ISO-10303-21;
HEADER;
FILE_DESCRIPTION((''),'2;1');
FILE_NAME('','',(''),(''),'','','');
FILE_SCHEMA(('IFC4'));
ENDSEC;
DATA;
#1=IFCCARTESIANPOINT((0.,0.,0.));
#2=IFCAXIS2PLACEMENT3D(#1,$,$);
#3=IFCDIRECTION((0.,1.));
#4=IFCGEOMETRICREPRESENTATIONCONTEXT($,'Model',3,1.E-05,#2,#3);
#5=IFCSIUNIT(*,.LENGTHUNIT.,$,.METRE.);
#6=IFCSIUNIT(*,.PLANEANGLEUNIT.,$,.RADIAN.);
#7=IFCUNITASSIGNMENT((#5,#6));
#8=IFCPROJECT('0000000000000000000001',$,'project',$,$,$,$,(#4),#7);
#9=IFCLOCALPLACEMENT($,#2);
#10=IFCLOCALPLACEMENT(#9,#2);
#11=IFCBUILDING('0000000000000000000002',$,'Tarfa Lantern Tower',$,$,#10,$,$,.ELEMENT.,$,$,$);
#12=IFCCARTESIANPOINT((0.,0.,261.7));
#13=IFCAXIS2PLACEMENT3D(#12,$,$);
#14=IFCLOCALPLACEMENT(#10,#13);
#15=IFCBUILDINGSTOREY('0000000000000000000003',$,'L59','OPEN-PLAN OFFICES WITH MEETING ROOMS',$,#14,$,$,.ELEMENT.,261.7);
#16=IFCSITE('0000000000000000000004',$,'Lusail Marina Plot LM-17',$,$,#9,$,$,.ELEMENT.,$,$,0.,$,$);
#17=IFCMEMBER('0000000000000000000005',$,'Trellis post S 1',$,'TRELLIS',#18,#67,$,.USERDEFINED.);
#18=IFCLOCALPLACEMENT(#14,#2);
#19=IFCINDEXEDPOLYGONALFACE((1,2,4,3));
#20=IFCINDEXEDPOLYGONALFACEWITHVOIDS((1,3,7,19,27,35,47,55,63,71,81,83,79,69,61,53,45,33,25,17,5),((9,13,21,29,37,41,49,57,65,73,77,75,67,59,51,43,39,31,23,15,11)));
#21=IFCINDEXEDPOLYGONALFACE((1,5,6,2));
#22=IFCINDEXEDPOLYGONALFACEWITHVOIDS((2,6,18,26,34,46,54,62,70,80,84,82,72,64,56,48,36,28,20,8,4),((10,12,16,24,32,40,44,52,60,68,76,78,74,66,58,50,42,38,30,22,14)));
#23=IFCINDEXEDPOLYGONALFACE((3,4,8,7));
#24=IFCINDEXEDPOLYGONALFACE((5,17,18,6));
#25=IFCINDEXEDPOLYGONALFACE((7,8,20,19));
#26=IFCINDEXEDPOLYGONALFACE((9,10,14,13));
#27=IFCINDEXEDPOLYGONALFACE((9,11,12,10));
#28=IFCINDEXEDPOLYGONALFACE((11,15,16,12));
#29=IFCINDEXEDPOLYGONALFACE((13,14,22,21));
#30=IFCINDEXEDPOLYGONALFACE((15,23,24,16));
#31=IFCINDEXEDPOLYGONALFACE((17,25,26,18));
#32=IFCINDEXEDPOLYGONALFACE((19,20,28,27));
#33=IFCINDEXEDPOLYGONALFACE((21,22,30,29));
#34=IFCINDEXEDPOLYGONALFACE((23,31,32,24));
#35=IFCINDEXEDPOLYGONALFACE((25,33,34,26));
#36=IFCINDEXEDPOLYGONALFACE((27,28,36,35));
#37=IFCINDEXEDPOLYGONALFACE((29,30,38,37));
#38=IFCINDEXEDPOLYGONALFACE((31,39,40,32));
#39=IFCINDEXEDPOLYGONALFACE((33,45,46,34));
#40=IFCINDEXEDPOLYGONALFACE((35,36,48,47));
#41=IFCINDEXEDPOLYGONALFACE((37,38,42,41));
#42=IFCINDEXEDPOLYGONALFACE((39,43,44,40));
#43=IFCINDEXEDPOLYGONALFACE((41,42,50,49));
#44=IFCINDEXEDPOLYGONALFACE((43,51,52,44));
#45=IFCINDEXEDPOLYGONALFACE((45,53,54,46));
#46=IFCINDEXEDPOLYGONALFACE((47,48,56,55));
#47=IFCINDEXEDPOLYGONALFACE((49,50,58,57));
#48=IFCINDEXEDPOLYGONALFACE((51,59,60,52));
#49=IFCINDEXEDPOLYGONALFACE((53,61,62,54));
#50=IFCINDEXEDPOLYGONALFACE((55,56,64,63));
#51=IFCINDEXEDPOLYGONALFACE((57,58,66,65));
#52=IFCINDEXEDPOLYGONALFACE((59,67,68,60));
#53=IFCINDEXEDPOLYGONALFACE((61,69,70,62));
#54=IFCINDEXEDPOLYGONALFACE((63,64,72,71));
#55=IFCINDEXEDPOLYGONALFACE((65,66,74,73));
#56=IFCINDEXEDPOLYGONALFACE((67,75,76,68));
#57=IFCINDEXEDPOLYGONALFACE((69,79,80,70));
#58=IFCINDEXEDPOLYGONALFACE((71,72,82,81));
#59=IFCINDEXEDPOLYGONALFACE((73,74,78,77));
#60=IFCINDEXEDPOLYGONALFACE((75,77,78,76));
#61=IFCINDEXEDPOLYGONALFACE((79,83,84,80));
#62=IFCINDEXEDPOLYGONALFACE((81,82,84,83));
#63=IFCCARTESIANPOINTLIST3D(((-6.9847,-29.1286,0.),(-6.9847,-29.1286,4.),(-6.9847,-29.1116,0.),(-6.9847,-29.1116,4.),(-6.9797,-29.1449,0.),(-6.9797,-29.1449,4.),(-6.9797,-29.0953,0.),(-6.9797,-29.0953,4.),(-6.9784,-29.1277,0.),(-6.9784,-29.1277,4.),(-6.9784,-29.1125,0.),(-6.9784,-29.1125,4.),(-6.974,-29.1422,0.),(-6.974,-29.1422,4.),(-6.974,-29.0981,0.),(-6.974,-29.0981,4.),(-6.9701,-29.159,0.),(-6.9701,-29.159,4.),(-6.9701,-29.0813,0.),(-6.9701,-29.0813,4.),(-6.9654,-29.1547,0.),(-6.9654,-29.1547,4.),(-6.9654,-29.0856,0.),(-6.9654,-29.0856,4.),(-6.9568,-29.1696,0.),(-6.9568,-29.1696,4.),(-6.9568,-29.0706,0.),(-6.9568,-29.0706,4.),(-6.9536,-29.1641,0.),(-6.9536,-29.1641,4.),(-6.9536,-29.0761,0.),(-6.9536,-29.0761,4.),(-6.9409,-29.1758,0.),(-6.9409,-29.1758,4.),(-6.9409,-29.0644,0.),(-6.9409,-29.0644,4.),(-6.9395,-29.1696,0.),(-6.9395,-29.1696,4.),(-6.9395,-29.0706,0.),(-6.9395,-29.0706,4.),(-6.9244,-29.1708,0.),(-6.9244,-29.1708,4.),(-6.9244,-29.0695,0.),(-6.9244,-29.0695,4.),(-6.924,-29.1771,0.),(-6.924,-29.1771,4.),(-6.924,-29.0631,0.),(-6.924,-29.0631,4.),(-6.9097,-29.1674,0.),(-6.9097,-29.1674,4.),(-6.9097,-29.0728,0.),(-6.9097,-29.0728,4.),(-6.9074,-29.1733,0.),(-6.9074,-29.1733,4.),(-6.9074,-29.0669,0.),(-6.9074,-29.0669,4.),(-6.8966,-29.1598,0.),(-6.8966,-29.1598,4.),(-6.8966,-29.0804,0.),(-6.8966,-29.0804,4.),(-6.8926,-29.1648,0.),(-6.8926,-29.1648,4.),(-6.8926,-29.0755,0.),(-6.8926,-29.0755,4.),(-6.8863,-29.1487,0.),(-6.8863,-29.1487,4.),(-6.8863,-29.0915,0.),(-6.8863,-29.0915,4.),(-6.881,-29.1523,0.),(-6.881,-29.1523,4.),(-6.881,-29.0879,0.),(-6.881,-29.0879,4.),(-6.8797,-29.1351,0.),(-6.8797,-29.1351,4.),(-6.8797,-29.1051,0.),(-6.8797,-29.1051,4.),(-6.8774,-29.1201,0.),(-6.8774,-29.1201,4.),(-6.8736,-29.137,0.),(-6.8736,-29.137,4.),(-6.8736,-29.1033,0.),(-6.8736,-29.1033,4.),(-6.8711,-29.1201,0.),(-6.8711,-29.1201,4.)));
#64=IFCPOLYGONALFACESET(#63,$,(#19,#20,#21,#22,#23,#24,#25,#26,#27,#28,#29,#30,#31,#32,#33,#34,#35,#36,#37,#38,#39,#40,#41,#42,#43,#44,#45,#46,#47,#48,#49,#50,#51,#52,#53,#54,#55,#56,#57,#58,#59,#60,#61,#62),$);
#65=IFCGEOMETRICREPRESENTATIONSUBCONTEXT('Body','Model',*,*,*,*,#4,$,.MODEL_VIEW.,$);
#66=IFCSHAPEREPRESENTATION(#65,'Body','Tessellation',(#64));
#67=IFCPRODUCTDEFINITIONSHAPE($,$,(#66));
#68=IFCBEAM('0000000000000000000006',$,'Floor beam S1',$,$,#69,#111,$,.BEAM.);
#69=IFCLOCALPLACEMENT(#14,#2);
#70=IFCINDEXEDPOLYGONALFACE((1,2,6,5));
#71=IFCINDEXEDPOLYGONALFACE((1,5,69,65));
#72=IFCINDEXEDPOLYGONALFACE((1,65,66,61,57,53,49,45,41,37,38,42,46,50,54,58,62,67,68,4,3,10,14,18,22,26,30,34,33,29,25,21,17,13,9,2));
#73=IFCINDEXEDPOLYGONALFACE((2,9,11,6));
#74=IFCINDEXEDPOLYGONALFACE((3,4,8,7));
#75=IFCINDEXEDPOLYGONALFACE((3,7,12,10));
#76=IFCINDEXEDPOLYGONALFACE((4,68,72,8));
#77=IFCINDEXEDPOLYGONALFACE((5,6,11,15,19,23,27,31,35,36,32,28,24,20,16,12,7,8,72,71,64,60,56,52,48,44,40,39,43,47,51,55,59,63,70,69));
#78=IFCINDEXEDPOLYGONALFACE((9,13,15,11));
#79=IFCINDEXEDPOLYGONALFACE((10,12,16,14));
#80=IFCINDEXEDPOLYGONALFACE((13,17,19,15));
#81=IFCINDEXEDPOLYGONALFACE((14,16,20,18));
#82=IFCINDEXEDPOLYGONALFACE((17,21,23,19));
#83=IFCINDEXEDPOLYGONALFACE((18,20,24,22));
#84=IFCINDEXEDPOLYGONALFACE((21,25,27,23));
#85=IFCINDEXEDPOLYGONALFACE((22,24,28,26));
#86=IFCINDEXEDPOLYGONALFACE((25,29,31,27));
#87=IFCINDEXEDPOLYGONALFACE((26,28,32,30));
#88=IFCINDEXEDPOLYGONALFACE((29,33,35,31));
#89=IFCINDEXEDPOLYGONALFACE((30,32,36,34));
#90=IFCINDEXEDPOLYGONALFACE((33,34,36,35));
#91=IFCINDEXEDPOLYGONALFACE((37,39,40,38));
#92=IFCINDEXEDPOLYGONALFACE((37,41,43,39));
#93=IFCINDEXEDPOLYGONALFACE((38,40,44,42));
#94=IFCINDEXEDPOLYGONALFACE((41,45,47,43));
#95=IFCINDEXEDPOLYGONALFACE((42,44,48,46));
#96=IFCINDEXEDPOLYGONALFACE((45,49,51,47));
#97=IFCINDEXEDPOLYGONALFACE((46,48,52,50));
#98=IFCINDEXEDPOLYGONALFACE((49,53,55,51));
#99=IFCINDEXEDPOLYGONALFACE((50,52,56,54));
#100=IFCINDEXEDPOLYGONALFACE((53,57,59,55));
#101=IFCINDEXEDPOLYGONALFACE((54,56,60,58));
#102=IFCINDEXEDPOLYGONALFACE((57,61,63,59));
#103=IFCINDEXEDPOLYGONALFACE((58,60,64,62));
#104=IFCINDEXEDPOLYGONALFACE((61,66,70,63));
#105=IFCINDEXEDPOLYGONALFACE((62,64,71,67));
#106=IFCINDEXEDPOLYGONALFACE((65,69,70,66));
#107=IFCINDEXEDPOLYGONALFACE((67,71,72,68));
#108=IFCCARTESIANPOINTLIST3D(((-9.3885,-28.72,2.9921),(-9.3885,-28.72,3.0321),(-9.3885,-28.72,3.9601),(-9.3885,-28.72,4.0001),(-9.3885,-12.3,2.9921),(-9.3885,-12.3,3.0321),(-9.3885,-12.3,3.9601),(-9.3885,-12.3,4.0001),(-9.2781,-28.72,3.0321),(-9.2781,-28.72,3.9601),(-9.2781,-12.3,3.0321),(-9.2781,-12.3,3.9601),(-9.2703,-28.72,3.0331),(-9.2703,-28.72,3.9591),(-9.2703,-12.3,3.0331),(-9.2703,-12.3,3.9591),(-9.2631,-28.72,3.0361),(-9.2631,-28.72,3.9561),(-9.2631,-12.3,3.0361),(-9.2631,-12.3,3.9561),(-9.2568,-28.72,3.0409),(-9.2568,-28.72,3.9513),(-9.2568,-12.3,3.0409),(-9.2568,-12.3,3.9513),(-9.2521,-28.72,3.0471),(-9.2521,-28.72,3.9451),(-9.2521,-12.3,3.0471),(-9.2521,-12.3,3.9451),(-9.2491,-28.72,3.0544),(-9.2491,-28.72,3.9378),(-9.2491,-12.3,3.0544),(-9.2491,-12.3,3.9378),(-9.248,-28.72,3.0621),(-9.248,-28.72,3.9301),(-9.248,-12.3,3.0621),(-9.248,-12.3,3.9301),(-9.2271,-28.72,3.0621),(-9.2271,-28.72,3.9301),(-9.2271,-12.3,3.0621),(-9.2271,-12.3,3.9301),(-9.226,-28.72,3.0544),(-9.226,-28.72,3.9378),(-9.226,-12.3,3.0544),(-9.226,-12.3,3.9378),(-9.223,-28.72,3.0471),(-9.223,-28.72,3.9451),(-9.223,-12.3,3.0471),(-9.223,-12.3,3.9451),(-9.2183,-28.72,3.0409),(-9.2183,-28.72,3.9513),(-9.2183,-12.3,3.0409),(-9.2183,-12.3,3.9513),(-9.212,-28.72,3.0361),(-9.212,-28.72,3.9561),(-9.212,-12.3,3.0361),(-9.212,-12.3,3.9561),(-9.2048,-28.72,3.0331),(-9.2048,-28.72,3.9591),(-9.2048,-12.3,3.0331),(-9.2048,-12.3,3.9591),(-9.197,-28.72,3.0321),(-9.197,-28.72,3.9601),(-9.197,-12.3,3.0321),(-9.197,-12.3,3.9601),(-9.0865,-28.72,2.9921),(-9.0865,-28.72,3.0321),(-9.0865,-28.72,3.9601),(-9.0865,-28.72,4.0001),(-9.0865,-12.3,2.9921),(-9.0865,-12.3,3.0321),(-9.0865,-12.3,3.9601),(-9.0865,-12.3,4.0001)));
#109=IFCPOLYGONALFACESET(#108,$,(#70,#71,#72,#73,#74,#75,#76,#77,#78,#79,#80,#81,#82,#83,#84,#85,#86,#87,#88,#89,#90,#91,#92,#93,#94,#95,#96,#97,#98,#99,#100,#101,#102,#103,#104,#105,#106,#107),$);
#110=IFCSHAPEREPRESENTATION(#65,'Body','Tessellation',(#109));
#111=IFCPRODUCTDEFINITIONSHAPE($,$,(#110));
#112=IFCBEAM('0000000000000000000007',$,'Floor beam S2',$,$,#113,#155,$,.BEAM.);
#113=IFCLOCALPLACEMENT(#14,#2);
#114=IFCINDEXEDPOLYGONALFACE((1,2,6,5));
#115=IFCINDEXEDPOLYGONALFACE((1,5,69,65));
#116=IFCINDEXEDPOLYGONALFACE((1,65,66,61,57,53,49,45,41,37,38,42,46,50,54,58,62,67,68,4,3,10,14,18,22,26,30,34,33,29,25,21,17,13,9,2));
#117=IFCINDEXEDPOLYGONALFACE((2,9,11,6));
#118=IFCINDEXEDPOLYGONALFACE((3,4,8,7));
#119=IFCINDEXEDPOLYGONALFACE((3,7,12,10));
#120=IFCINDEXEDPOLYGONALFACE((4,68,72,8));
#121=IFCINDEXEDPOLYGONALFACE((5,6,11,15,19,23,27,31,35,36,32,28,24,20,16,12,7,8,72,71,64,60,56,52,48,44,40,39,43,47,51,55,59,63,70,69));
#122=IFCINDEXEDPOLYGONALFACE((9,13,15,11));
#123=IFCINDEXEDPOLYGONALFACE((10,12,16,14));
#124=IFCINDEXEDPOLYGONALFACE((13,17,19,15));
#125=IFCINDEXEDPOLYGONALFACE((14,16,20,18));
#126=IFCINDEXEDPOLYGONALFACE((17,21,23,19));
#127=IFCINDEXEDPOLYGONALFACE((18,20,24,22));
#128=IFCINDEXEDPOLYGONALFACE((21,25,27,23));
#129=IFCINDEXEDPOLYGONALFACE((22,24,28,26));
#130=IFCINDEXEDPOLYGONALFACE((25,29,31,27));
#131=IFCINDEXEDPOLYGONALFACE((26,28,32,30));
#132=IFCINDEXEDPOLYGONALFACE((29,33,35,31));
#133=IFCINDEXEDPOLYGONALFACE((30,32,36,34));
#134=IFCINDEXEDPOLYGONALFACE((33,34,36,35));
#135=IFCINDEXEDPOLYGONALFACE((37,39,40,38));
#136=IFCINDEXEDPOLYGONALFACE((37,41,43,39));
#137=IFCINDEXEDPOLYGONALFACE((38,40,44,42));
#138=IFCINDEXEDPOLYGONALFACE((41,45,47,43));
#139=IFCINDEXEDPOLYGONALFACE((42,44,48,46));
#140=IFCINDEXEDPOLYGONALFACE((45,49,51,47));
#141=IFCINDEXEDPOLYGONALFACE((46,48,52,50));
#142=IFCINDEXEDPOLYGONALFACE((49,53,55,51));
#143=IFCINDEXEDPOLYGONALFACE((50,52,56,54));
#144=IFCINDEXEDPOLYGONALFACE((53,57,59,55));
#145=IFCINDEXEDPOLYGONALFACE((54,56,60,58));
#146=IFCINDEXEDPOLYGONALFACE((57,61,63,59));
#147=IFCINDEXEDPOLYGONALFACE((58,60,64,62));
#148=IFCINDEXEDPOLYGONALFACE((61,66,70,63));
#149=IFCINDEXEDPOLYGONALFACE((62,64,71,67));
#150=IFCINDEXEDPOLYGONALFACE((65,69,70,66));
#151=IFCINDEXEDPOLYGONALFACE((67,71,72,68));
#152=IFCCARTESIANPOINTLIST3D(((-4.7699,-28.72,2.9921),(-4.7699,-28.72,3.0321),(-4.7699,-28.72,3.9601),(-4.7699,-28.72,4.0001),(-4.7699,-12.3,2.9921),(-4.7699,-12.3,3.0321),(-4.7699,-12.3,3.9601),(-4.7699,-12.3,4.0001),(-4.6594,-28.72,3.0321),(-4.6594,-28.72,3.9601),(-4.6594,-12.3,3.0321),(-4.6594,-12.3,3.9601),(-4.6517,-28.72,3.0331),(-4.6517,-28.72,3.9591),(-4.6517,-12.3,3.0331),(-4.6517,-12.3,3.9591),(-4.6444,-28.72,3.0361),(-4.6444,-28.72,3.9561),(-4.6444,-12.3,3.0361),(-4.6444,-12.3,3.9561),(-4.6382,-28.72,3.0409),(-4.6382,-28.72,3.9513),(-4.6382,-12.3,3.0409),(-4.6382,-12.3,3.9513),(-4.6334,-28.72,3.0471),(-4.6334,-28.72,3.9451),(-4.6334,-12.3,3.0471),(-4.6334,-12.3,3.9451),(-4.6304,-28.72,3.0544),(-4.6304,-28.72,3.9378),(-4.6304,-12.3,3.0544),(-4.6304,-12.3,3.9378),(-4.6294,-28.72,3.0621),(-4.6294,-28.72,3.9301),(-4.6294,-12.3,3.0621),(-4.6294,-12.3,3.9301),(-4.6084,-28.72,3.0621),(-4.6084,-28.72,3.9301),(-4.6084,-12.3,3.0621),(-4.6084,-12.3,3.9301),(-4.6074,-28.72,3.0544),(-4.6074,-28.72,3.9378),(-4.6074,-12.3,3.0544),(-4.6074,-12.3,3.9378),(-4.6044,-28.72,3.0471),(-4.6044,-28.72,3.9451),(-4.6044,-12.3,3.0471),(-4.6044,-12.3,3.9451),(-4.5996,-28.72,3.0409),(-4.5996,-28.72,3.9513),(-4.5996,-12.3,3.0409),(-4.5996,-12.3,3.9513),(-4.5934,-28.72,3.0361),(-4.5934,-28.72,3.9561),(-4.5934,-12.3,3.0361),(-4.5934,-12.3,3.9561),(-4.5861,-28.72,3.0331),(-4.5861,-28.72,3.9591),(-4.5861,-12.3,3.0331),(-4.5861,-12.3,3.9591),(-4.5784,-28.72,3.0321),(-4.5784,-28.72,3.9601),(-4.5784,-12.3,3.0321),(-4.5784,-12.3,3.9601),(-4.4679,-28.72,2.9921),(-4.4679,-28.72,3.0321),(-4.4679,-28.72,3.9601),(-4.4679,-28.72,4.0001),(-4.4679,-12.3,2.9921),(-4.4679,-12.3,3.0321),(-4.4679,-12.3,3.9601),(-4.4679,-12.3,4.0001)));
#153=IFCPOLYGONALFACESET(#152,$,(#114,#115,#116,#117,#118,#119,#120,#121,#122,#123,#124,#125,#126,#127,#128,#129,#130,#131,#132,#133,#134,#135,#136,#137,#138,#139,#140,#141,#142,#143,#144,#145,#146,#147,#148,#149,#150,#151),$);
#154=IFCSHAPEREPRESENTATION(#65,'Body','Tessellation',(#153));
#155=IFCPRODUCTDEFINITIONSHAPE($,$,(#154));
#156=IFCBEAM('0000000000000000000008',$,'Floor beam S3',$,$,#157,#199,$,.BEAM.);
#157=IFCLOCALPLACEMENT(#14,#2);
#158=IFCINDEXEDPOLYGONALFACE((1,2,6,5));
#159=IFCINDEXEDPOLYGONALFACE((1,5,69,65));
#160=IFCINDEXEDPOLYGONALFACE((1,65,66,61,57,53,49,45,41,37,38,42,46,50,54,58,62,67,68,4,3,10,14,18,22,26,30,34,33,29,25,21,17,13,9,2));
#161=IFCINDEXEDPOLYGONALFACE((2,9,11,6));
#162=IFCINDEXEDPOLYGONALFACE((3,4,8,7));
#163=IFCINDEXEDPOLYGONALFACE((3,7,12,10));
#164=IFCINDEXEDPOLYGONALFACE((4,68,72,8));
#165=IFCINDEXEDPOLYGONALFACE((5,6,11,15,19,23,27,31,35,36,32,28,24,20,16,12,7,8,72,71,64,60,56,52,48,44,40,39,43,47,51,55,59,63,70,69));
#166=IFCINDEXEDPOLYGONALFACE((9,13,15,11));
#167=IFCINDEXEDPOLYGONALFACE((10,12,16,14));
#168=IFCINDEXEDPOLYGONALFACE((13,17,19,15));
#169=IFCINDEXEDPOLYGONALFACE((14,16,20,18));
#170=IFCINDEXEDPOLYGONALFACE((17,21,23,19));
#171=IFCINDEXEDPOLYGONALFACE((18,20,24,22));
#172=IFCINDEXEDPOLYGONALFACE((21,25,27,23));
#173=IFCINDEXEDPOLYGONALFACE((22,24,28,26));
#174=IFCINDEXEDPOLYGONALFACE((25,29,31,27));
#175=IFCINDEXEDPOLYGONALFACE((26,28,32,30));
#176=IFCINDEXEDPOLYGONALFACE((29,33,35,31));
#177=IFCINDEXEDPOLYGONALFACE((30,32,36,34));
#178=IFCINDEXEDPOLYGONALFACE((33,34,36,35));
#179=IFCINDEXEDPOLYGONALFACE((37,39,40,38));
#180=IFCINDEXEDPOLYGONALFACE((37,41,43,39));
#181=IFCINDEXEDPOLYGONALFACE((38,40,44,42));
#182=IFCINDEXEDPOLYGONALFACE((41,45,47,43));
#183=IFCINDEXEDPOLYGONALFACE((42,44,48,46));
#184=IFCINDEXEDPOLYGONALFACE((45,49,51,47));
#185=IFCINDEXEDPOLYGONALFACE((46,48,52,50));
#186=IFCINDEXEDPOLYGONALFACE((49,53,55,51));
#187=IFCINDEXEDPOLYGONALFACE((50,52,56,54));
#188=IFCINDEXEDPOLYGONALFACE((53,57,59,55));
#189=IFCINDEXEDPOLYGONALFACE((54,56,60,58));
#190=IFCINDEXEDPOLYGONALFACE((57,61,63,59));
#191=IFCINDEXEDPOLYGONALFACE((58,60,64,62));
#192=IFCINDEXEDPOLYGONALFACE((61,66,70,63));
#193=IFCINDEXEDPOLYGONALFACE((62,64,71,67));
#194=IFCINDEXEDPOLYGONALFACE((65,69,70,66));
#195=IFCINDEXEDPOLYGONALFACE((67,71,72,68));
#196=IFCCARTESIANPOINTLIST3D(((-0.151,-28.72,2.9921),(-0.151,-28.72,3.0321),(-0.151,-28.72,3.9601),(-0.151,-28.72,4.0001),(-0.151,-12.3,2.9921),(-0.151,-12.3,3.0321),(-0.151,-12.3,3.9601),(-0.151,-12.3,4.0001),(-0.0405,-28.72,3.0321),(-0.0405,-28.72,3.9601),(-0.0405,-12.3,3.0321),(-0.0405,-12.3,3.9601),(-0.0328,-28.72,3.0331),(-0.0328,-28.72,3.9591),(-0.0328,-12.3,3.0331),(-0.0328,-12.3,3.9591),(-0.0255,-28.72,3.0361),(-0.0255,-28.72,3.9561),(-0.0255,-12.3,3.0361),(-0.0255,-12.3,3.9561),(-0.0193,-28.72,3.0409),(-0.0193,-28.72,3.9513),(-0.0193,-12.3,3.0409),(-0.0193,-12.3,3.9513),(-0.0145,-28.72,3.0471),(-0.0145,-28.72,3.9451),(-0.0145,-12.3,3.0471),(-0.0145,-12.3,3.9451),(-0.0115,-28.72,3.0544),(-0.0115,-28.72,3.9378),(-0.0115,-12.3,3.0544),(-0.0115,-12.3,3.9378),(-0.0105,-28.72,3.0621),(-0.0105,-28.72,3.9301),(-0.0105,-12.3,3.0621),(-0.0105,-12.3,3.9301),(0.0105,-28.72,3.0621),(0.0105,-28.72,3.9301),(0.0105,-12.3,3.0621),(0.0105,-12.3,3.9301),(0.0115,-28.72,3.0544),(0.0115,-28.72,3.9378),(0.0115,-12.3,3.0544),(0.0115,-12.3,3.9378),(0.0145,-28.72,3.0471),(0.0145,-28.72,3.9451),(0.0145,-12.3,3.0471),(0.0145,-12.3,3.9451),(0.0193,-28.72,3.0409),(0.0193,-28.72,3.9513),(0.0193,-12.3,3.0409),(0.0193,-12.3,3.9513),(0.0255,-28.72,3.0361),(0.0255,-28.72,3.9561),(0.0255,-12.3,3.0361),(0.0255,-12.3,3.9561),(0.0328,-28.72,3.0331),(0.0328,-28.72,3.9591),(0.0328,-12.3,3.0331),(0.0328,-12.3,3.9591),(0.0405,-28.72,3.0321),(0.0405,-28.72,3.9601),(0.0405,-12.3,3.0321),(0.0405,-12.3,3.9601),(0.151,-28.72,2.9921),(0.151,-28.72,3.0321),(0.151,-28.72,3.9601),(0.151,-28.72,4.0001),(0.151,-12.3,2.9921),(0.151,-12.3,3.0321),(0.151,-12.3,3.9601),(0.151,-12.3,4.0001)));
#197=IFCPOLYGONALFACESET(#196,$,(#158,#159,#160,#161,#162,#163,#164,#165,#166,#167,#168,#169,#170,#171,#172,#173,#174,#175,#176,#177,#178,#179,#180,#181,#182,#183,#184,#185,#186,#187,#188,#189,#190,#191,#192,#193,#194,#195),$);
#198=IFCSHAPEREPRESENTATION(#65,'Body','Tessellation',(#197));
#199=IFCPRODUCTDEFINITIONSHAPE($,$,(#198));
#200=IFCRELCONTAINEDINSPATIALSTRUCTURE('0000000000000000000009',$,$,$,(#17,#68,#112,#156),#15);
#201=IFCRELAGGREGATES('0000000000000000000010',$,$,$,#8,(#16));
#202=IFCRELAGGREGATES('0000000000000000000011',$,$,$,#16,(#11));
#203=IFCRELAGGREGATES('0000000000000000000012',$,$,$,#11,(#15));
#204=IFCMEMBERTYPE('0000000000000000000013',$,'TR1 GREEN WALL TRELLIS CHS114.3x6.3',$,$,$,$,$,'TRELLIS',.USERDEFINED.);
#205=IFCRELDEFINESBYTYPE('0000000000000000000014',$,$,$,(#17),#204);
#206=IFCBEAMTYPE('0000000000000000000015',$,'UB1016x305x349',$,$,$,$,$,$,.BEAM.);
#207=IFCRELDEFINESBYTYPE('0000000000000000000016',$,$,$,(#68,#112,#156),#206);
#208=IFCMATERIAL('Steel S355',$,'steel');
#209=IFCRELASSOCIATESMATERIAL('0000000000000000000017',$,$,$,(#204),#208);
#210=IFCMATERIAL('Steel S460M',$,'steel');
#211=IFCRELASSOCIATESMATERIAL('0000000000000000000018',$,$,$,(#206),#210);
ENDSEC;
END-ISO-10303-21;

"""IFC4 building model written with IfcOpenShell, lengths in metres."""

from ifc_helpers import new_model, si_unit, direction, frame, origin, origin_2d, place, context, subcontext, project, spatial, hollow_circle, i_section, extrude, material, material_profile, profile_set, type_object, element, save


model = new_model("IFC4")

# Units and contexts
model_context = context("Model", 3, precision=1e-05, world=origin(), true_north=direction((0.0, 1.0)))
body_context = subcontext(model_context, "Body", "Model", "MODEL_VIEW")
ifc_project = project(units=[si_unit("LENGTHUNIT", "METRE"), si_unit("PLANEANGLEUNIT", "RADIAN")], contexts=[model_context])

# Site, building, storey
site_placement = place(None, origin())
site = spatial("IfcSite", under=ifc_project, at=site_placement, Name="Lusail Marina Plot LM-17", CompositionType="ELEMENT", RefElevation=0.0)
building_placement = place(site_placement, origin())
building = spatial("IfcBuilding", under=site, at=building_placement, Name="Tarfa Lantern Tower", CompositionType="ELEMENT")
storey_placement = place(building_placement, frame((0.0, 0.0, 261.7)))
storey = spatial("IfcBuildingStorey", under=building, at=storey_placement, Name="L59", Description="OPEN-PLAN OFFICES WITH MEETING ROOMS", CompositionType="ELEMENT", Elevation=261.7)

# Member
ifc_material_1 = material(Name="Steel S355", Category="steel")
ifc_material_profile_1 = material_profile(ifc_material_1, hollow_circle(Radius=0.0571, WallThickness=0.0063, at=origin_2d()), Name="CHS114.3x6.3")
ifc_profile_set_1 = profile_set([ifc_material_profile_1], Name="Steel S355")
member_type_1 = type_object("IfcMemberType", Name="TR1 GREEN WALL TRELLIS CHS114.3x6.3", ElementType="TRELLIS", PredefinedType="USERDEFINED", material=ifc_profile_set_1)
member_1_placement = place(storey_placement, frame((-6.9282, -29.1201, 0.0), z_axis=(0.0, 0.0, 1.0), x_axis=(1.0, 0.0, 0.0)))
element("IfcMember", 1, at=member_1_placement, inside=storey, type_object=member_type_1, Name="Trellis post S 1", ObjectType="TRELLIS", PredefinedType="USERDEFINED", context=body_context, shape_type="SweptSolid", body=[
    extrude(hollow_circle(Radius=0.0571, WallThickness=0.0063, at=origin_2d()), origin(), (0.0, 0.0, 1.0), 4.0),
])

# Beams
ifc_material_2 = material(Name="Steel S460M", Category="steel")
ifc_material_profile_2 = material_profile(ifc_material_2, i_section(OverallWidth=0.302, OverallDepth=1.0081, WebThickness=0.021, FlangeThickness=0.04, FilletRadius=0.03, at=origin_2d()), Name="UB1016x305x349")
ifc_profile_set_2 = profile_set([ifc_material_profile_2], Name="Steel S460M")
beam_type_1 = type_object("IfcBeamType", Name="UB1016x305x349", PredefinedType="BEAM", material=ifc_profile_set_2)
for number, where, z_axis, x_axis, name in (
    (2, (-9.2375, -28.72, 3.4961), (0.0, 1.0, 0.0), (-1.0, 0.0, 0.0), "Floor beam S1"),
    (3, (-4.6189, -28.72, 3.4961), (0.0, 1.0, 0.0), (-1.0, 0.0, 0.0), "Floor beam S2"),
    (4, (0.0, -28.72, 3.4961), (0.0, 1.0, 0.0), (-1.0, 0.0, 0.0), "Floor beam S3"),
):
    element("IfcBeam", number, at=place(storey_placement, frame(where, z_axis=z_axis, x_axis=x_axis)), inside=storey, type_object=beam_type_1, Name=name, PredefinedType="BEAM", context=body_context, shape_type="SweptSolid", body=[
        extrude(i_section(OverallWidth=0.302, OverallDepth=1.0081, WebThickness=0.021, FlangeThickness=0.04, FilletRadius=0.03, at=origin_2d()), origin(), (0.0, 0.0, 1.0), 16.4199),
    ])

save(model, "model.ifc")
